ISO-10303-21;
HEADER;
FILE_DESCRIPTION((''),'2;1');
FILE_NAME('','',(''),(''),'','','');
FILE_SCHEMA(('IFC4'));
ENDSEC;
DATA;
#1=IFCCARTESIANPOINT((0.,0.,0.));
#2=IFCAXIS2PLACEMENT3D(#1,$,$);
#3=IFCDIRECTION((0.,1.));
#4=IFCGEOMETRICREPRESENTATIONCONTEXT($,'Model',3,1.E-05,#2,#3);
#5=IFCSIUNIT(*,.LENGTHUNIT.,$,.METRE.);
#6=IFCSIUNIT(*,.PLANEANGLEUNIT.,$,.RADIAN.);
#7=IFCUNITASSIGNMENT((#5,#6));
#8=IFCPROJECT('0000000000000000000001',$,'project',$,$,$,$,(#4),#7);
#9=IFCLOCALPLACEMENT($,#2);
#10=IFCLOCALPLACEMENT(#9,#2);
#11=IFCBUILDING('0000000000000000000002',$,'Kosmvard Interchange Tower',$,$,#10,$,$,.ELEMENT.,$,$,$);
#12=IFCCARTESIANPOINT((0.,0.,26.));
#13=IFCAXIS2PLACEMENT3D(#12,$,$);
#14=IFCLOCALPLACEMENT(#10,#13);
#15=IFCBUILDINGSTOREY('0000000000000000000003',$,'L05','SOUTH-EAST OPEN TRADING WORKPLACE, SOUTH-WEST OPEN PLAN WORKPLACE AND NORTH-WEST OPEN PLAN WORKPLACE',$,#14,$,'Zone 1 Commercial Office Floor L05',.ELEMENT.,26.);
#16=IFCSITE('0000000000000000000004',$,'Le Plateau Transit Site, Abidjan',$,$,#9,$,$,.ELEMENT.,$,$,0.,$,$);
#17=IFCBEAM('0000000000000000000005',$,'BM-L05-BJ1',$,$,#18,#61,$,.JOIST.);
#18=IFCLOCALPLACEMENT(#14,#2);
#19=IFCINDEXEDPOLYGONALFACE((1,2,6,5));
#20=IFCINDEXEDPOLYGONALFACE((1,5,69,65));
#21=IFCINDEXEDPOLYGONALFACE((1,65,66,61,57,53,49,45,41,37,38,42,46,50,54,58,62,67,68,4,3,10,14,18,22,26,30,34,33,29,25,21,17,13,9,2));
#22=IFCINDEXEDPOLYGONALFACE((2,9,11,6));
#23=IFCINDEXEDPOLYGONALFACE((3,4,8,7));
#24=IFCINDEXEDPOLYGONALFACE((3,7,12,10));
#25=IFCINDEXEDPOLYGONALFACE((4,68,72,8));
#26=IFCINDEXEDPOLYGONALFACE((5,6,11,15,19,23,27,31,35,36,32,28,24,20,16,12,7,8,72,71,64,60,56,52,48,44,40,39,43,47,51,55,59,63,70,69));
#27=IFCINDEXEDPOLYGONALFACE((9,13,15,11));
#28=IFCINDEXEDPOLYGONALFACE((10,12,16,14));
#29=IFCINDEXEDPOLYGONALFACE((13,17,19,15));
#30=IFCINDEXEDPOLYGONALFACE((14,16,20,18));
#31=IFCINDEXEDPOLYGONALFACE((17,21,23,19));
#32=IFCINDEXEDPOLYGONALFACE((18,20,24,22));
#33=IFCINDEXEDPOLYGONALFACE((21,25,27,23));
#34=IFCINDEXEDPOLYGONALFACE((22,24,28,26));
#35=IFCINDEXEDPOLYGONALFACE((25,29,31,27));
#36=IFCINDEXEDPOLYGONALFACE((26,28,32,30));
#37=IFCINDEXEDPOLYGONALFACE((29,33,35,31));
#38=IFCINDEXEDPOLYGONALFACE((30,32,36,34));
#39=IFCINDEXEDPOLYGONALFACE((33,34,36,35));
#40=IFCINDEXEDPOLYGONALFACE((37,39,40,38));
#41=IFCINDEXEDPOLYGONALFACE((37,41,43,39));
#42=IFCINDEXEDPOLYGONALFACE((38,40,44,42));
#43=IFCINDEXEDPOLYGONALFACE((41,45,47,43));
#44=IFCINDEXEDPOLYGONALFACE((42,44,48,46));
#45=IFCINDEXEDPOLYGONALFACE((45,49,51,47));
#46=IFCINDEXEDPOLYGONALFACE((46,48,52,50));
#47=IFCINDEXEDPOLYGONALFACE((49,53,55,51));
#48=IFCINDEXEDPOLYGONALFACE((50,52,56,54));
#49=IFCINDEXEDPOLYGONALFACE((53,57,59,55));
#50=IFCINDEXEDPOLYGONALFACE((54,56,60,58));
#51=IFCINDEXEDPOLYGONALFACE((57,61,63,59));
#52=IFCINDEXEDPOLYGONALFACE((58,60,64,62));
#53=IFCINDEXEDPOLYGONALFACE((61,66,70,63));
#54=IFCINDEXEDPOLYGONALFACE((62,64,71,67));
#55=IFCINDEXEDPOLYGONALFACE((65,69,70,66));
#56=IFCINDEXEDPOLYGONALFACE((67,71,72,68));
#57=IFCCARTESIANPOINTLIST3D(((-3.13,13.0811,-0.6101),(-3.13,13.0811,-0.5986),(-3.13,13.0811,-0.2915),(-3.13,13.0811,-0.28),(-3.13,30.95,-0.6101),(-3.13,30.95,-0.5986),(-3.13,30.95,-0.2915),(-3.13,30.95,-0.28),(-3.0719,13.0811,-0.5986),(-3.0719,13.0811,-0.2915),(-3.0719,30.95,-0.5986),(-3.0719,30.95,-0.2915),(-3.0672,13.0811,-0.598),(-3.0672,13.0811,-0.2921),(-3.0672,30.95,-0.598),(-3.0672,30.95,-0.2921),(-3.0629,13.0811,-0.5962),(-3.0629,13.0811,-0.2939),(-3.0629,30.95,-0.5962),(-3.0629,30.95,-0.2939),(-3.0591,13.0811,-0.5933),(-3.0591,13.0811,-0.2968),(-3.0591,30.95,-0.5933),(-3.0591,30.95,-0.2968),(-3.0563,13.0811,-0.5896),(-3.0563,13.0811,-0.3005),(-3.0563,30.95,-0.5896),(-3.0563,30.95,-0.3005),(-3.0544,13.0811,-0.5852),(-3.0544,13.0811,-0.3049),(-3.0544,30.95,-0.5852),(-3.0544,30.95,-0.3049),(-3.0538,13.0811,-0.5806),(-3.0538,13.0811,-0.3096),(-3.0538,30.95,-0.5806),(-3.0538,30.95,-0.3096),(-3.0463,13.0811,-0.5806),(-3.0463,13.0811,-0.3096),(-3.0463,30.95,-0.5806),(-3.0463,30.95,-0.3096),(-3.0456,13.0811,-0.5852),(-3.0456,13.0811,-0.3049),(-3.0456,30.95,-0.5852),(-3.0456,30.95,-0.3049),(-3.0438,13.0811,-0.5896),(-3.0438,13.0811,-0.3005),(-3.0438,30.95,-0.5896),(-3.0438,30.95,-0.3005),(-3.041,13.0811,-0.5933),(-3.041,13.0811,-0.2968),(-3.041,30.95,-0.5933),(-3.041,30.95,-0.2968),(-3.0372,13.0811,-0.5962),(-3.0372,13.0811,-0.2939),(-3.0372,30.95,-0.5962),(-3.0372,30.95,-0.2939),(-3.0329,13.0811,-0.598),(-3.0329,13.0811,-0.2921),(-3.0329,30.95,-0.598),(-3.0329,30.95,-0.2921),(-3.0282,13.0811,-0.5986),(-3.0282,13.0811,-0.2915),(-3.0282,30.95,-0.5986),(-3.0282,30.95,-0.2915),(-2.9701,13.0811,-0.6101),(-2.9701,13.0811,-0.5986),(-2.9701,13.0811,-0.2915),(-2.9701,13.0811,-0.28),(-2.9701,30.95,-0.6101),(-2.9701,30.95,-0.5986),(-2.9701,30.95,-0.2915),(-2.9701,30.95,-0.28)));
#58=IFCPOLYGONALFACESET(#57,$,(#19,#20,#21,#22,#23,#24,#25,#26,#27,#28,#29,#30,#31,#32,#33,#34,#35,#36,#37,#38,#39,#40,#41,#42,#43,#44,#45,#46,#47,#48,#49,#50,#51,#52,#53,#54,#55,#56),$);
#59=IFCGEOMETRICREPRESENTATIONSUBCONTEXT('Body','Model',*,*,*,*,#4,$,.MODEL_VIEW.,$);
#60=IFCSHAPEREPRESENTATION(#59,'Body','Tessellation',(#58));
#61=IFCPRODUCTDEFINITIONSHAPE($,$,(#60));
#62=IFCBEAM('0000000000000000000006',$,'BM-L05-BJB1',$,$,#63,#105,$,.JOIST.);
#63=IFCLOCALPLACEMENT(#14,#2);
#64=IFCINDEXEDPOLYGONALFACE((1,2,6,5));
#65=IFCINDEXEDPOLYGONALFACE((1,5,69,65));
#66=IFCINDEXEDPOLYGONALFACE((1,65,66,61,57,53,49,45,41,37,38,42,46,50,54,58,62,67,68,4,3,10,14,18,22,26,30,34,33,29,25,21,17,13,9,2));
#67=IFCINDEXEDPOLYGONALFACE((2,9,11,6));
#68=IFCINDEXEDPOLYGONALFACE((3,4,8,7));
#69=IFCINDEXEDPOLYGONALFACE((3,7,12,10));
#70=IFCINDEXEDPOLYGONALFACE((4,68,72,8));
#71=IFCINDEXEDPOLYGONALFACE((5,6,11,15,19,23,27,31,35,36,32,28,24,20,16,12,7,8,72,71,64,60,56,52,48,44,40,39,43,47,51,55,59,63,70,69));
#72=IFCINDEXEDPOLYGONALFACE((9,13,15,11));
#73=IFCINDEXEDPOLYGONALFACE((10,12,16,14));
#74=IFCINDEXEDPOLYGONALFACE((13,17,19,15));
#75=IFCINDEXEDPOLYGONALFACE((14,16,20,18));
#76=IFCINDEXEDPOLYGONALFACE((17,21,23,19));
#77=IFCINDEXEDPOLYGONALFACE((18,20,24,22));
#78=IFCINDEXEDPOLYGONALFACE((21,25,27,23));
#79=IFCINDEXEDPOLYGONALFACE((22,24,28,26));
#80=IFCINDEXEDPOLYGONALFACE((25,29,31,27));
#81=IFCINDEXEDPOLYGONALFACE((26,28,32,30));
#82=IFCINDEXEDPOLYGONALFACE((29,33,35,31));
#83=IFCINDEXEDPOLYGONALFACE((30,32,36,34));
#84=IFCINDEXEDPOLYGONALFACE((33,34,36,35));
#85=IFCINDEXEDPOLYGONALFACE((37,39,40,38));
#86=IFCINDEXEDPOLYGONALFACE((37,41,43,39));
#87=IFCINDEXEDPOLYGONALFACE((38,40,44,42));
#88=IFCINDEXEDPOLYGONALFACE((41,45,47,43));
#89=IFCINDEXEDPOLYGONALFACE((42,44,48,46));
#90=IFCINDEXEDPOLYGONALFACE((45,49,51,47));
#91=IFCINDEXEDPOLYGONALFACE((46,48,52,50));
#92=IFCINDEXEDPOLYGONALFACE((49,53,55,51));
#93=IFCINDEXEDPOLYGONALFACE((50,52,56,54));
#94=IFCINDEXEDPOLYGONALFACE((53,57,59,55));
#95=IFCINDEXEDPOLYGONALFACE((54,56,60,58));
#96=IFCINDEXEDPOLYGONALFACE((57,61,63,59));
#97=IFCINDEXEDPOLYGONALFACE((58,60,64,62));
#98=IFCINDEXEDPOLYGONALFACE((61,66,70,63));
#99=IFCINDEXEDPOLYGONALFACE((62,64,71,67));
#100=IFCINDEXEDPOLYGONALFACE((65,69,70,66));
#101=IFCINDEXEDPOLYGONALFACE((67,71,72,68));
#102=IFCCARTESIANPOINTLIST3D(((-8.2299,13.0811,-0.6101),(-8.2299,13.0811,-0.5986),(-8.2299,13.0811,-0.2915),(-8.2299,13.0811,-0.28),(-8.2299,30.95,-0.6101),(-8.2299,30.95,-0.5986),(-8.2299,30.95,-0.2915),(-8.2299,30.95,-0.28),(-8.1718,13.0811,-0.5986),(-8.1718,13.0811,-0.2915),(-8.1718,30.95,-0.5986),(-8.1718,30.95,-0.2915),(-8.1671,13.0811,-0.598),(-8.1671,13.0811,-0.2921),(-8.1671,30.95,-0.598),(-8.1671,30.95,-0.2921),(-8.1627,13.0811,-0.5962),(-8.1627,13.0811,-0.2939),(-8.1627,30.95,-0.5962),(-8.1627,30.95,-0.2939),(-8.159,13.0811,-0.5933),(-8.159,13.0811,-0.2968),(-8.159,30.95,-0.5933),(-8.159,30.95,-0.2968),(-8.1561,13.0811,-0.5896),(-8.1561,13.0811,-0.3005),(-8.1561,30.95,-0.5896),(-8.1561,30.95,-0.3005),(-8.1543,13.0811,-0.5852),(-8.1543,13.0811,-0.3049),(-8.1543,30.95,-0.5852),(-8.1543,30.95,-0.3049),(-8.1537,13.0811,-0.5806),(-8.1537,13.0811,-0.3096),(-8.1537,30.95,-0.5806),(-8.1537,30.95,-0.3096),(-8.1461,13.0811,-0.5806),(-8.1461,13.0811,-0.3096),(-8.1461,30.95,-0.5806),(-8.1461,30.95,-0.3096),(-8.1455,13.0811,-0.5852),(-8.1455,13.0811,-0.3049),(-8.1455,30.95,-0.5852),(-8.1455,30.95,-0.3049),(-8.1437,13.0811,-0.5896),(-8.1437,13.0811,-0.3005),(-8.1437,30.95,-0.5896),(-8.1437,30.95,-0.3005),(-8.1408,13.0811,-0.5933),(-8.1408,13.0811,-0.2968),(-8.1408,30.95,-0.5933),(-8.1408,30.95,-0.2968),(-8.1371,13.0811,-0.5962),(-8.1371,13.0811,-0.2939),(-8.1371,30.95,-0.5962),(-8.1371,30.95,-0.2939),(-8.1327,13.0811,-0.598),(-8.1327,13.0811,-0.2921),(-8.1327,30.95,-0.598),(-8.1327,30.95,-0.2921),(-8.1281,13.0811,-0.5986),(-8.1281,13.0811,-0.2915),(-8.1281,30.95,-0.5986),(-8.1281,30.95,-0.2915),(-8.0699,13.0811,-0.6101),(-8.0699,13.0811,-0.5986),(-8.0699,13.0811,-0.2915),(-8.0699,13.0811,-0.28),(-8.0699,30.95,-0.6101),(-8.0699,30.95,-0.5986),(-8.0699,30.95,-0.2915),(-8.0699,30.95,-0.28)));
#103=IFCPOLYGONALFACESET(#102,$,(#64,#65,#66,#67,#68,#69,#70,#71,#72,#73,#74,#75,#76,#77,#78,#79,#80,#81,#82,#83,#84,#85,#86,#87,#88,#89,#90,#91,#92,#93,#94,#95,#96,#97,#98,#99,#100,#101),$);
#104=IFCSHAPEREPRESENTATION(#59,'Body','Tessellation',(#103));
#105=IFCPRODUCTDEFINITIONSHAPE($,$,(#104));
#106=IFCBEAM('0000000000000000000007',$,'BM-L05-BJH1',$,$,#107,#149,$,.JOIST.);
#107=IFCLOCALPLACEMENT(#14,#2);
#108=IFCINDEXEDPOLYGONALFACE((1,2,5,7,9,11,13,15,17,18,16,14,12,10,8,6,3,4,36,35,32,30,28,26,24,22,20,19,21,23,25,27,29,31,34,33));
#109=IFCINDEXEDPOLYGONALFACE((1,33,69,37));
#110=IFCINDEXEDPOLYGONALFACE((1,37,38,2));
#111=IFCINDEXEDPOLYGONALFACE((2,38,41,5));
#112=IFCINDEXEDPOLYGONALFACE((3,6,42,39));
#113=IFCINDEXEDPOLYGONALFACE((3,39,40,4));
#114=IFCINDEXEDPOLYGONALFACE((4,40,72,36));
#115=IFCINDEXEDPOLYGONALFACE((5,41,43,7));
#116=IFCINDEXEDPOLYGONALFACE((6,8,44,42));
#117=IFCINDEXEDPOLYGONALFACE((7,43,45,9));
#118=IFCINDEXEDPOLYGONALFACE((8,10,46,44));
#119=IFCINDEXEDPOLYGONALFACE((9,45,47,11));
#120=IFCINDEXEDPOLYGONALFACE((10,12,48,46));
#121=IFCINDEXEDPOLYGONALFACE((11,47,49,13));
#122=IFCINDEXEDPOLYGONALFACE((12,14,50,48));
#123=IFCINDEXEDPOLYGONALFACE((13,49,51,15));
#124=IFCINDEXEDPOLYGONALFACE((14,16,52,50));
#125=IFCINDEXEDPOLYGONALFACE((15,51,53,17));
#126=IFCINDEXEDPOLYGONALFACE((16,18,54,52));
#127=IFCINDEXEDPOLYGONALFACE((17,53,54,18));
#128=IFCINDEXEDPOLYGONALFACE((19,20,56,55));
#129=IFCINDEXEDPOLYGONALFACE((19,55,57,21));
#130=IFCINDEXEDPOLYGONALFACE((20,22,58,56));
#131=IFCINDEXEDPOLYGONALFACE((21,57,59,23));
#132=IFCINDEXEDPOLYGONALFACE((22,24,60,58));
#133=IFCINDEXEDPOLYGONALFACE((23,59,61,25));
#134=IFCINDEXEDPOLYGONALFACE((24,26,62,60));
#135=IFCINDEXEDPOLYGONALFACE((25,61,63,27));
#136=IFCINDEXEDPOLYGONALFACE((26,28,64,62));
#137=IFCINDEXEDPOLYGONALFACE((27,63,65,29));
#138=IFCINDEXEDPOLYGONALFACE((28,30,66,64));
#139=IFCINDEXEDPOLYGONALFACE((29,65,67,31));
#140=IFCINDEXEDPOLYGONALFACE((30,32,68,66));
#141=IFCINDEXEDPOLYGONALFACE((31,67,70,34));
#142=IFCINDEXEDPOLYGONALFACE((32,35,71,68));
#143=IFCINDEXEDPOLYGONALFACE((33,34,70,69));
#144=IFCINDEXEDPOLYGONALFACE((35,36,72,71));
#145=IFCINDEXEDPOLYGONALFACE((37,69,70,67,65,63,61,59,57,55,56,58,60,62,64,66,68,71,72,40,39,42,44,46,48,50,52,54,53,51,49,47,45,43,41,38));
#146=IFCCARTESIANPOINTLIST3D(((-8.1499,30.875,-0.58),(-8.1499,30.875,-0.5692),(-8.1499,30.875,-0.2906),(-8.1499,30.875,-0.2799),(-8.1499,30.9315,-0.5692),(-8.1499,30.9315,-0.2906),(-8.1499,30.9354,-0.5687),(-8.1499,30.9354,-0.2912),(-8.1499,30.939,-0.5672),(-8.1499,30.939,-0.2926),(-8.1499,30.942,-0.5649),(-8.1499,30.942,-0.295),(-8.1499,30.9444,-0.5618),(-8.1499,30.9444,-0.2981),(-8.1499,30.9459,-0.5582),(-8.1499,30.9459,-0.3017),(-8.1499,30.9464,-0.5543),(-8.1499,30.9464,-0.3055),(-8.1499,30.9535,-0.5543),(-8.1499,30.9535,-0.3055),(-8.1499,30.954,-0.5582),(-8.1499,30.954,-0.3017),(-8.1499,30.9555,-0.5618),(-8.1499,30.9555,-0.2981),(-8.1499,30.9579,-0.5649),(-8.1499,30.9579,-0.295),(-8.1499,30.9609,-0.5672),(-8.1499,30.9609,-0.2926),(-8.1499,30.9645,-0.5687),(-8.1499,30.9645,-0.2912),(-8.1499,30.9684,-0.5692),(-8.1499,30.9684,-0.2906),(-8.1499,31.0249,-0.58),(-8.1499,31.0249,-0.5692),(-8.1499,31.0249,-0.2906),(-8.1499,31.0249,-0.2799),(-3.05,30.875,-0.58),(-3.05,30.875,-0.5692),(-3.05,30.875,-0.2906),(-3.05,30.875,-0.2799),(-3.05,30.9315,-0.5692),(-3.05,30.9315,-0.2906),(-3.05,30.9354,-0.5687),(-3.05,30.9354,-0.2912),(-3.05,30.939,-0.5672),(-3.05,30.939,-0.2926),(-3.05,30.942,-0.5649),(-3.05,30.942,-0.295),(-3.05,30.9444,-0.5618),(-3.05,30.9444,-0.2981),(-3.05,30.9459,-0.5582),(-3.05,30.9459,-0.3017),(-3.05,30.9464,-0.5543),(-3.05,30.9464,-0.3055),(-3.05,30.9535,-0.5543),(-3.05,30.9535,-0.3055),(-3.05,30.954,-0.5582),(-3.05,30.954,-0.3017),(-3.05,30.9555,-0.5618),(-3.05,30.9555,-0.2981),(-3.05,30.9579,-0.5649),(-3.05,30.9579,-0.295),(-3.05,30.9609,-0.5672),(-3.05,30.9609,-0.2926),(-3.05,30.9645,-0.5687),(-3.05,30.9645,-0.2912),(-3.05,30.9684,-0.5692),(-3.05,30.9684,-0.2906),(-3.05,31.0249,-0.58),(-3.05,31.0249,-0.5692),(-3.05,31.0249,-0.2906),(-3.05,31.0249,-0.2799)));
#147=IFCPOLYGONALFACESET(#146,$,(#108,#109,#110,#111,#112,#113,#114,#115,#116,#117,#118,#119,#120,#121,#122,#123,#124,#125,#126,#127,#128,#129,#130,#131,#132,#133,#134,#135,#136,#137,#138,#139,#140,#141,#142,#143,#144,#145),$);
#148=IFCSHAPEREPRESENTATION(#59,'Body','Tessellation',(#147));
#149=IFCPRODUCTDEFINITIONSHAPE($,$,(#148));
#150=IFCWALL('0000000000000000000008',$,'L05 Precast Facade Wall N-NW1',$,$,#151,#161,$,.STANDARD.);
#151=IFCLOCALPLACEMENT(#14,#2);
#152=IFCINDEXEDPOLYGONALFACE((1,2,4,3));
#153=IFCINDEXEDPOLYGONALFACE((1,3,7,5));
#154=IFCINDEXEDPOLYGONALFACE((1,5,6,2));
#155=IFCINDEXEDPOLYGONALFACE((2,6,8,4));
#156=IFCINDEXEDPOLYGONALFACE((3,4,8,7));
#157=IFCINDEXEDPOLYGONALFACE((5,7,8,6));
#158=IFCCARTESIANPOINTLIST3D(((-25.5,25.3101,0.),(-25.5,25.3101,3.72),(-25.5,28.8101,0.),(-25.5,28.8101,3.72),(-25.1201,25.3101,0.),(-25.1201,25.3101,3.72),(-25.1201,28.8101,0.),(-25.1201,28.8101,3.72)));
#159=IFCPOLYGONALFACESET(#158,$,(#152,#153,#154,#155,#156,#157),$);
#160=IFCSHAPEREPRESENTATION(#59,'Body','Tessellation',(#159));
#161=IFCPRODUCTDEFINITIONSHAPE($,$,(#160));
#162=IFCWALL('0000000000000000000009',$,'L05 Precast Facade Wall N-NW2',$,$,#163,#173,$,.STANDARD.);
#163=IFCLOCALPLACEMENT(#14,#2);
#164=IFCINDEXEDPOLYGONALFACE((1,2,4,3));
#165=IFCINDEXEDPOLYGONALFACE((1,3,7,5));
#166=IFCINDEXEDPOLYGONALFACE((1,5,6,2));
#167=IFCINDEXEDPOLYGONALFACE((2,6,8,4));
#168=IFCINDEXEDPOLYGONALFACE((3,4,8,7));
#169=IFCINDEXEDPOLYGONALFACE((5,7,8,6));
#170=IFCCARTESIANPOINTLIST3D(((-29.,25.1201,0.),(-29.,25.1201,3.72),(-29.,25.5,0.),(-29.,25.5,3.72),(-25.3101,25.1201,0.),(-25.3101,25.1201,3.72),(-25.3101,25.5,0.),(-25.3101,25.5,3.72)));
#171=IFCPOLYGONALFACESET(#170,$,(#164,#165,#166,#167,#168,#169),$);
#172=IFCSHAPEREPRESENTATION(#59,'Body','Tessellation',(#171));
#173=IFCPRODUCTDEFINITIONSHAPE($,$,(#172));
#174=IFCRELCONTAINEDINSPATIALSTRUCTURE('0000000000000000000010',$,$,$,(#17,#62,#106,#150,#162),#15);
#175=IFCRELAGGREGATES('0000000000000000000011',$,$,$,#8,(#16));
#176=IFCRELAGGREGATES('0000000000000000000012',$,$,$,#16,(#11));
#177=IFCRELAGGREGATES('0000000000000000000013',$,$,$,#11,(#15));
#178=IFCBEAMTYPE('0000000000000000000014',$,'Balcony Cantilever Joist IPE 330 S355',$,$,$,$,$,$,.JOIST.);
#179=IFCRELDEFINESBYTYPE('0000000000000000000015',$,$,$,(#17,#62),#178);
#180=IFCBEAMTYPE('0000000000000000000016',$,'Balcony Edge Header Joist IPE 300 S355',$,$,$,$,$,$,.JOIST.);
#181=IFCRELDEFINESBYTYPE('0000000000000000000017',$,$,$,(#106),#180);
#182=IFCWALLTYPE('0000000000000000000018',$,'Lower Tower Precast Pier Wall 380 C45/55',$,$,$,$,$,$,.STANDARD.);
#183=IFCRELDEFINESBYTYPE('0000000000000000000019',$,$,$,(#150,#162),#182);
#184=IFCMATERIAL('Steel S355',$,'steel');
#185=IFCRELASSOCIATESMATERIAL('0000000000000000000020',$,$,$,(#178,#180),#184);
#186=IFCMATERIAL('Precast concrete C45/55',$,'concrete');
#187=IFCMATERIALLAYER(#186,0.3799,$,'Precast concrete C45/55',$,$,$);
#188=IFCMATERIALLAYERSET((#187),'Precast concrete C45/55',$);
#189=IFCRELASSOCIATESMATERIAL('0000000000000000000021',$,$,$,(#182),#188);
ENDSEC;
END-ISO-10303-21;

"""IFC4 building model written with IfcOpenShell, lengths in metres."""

from ifc_helpers import new_model, si_unit, direction, frame, frame_2d, origin, origin_2d, place, context, subcontext, project, spatial, rectangle, i_section, extrude, source, transform, mapped, material, layer, layer_set, material_profile, profile_set, type_object, element, save


model = new_model("IFC4")

# Units and contexts
model_context = context("Model", 3, precision=1e-05, world=origin(), true_north=direction((0.0, 1.0)))
body_context = subcontext(model_context, "Body", "Model", "MODEL_VIEW")
ifc_project = project(units=[si_unit("LENGTHUNIT", "METRE"), si_unit("PLANEANGLEUNIT", "RADIAN")], contexts=[model_context])

# Site, building, storey
site_placement = place(None, origin())
site = spatial("IfcSite", under=ifc_project, at=site_placement, Name="Le Plateau Transit Site, Abidjan", CompositionType="ELEMENT", RefElevation=0.0)
building_placement = place(site_placement, origin())
building = spatial("IfcBuilding", under=site, at=building_placement, Name="Kosmvard Interchange Tower", CompositionType="ELEMENT")
storey_placement = place(building_placement, frame((0.0, 0.0, 26.0)))
storey = spatial("IfcBuildingStorey", under=building, at=storey_placement, Name="L05", Description="SOUTH-EAST OPEN TRADING WORKPLACE, SOUTH-WEST OPEN PLAN WORKPLACE AND NORTH-WEST OPEN PLAN WORKPLACE", LongName="Zone 1 Commercial Office Floor L05", CompositionType="ELEMENT", Elevation=26.0)

# Beams
ifc_material_1 = material(Name="Steel S355", Category="steel")
ifc_material_profile_1 = material_profile(ifc_material_1, i_section(OverallWidth=0.1599, OverallDepth=0.3301, WebThickness=0.0076, FlangeThickness=0.0115, FilletRadius=0.0181, at=origin_2d()), Name="IPE 330")
ifc_profile_set_1 = profile_set([ifc_material_profile_1], Name="Steel S355")
beam_type_1 = type_object("IfcBeamType", Name="Balcony Cantilever Joist IPE 330 S355", PredefinedType="JOIST", material=ifc_profile_set_1)
shared_shape_1 = source(origin(), body_context, "Body", "SweptSolid", [
    extrude(i_section(OverallWidth=0.1599, OverallDepth=0.3301, WebThickness=0.0076, FlangeThickness=0.0115, FilletRadius=0.0181, at=origin_2d()), origin(), (0.0, 0.0, 1.0), 17.8689),
])
for number, where, z_axis, x_axis, name in (
    (1, (-3.05, 13.0811, -0.4451), (0.0, 1.0, 0.0), (-1.0, 0.0, 0.0), "BM-L05-BJ1"),
    (2, (-8.1499, 13.0811, -0.4451), (0.0, 1.0, 0.0), (-1.0, 0.0, 0.0), "BM-L05-BJB1"),
):
    element("IfcBeam", number, at=place(storey_placement, frame(where, z_axis=z_axis, x_axis=x_axis)), inside=storey, type_object=beam_type_1, Name=name, PredefinedType="JOIST", context=body_context, shape_type="MappedRepresentation", body=[
        mapped(shared_shape_1, transform((0.0, 0.0, 0.0), scale=1.0)),
    ])
ifc_material_profile_2 = material_profile(ifc_material_1, i_section(OverallWidth=0.1499, OverallDepth=0.3, WebThickness=0.0071, FlangeThickness=0.0107, FilletRadius=0.0149, at=origin_2d()), Name="IPE 300")
ifc_profile_set_2 = profile_set([ifc_material_profile_2], Name="Steel S355")
beam_type_2 = type_object("IfcBeamType", Name="Balcony Edge Header Joist IPE 300 S355", PredefinedType="JOIST", material=ifc_profile_set_2)
shared_shape_2 = source(origin(), body_context, "Body", "SweptSolid", [
    extrude(i_section(OverallWidth=0.1499, OverallDepth=0.3, WebThickness=0.0071, FlangeThickness=0.0107, FilletRadius=0.0149, at=origin_2d()), origin(), (0.0, 0.0, 1.0), 5.0999),
])
beam_1_placement = place(storey_placement, frame((-3.05, 30.95, -0.4299), z_axis=(-1.0, 0.0, 0.0), x_axis=(0.0, -1.0, 0.0)))
element("IfcBeam", 3, at=beam_1_placement, inside=storey, type_object=beam_type_2, Name="BM-L05-BJH1", PredefinedType="JOIST", context=body_context, shape_type="MappedRepresentation", body=[
    mapped(shared_shape_2, transform((0.0, 0.0, 0.0), scale=1.0)),
])

# Walls
ifc_material_2 = material(Name="Precast concrete C45/55", Category="concrete")
ifc_layer_1 = layer(ifc_material_2, 0.3799, Name="Precast concrete C45/55")
ifc_layer_set_1 = layer_set([ifc_layer_1], Name="Precast concrete C45/55")
wall_type = type_object("IfcWallType", Name="Lower Tower Precast Pier Wall 380 C45/55", PredefinedType="STANDARD", material=ifc_layer_set_1)
wall_1_placement = place(storey_placement, frame((-25.3101, 28.8101, 0.0), z_axis=(0.0, 0.0, 1.0), x_axis=(0.0, -1.0, 0.0)))
element("IfcWall", 4, at=wall_1_placement, inside=storey, type_object=wall_type, Name="L05 Precast Facade Wall N-NW1", PredefinedType="STANDARD", context=body_context, shape_type="SweptSolid", body=[
    extrude(rectangle(XDim=3.5, YDim=0.3799, at=frame_2d((1.75, 0.0))), origin(), (0.0, 0.0, 1.0), 3.72),
])
wall_2_placement = place(storey_placement, frame((-25.3101, 25.3101, 0.0), z_axis=(0.0, 0.0, 1.0), x_axis=(-1.0, 0.0, 0.0)))
element("IfcWall", 5, at=wall_2_placement, inside=storey, type_object=wall_type, Name="L05 Precast Facade Wall N-NW2", PredefinedType="STANDARD", context=body_context, shape_type="SweptSolid", body=[
    extrude(rectangle(XDim=3.6899, YDim=0.3799, at=frame_2d((1.845, 0.0))), origin(), (0.0, 0.0, 1.0), 3.72),
])

save(model, "model.ifc")
